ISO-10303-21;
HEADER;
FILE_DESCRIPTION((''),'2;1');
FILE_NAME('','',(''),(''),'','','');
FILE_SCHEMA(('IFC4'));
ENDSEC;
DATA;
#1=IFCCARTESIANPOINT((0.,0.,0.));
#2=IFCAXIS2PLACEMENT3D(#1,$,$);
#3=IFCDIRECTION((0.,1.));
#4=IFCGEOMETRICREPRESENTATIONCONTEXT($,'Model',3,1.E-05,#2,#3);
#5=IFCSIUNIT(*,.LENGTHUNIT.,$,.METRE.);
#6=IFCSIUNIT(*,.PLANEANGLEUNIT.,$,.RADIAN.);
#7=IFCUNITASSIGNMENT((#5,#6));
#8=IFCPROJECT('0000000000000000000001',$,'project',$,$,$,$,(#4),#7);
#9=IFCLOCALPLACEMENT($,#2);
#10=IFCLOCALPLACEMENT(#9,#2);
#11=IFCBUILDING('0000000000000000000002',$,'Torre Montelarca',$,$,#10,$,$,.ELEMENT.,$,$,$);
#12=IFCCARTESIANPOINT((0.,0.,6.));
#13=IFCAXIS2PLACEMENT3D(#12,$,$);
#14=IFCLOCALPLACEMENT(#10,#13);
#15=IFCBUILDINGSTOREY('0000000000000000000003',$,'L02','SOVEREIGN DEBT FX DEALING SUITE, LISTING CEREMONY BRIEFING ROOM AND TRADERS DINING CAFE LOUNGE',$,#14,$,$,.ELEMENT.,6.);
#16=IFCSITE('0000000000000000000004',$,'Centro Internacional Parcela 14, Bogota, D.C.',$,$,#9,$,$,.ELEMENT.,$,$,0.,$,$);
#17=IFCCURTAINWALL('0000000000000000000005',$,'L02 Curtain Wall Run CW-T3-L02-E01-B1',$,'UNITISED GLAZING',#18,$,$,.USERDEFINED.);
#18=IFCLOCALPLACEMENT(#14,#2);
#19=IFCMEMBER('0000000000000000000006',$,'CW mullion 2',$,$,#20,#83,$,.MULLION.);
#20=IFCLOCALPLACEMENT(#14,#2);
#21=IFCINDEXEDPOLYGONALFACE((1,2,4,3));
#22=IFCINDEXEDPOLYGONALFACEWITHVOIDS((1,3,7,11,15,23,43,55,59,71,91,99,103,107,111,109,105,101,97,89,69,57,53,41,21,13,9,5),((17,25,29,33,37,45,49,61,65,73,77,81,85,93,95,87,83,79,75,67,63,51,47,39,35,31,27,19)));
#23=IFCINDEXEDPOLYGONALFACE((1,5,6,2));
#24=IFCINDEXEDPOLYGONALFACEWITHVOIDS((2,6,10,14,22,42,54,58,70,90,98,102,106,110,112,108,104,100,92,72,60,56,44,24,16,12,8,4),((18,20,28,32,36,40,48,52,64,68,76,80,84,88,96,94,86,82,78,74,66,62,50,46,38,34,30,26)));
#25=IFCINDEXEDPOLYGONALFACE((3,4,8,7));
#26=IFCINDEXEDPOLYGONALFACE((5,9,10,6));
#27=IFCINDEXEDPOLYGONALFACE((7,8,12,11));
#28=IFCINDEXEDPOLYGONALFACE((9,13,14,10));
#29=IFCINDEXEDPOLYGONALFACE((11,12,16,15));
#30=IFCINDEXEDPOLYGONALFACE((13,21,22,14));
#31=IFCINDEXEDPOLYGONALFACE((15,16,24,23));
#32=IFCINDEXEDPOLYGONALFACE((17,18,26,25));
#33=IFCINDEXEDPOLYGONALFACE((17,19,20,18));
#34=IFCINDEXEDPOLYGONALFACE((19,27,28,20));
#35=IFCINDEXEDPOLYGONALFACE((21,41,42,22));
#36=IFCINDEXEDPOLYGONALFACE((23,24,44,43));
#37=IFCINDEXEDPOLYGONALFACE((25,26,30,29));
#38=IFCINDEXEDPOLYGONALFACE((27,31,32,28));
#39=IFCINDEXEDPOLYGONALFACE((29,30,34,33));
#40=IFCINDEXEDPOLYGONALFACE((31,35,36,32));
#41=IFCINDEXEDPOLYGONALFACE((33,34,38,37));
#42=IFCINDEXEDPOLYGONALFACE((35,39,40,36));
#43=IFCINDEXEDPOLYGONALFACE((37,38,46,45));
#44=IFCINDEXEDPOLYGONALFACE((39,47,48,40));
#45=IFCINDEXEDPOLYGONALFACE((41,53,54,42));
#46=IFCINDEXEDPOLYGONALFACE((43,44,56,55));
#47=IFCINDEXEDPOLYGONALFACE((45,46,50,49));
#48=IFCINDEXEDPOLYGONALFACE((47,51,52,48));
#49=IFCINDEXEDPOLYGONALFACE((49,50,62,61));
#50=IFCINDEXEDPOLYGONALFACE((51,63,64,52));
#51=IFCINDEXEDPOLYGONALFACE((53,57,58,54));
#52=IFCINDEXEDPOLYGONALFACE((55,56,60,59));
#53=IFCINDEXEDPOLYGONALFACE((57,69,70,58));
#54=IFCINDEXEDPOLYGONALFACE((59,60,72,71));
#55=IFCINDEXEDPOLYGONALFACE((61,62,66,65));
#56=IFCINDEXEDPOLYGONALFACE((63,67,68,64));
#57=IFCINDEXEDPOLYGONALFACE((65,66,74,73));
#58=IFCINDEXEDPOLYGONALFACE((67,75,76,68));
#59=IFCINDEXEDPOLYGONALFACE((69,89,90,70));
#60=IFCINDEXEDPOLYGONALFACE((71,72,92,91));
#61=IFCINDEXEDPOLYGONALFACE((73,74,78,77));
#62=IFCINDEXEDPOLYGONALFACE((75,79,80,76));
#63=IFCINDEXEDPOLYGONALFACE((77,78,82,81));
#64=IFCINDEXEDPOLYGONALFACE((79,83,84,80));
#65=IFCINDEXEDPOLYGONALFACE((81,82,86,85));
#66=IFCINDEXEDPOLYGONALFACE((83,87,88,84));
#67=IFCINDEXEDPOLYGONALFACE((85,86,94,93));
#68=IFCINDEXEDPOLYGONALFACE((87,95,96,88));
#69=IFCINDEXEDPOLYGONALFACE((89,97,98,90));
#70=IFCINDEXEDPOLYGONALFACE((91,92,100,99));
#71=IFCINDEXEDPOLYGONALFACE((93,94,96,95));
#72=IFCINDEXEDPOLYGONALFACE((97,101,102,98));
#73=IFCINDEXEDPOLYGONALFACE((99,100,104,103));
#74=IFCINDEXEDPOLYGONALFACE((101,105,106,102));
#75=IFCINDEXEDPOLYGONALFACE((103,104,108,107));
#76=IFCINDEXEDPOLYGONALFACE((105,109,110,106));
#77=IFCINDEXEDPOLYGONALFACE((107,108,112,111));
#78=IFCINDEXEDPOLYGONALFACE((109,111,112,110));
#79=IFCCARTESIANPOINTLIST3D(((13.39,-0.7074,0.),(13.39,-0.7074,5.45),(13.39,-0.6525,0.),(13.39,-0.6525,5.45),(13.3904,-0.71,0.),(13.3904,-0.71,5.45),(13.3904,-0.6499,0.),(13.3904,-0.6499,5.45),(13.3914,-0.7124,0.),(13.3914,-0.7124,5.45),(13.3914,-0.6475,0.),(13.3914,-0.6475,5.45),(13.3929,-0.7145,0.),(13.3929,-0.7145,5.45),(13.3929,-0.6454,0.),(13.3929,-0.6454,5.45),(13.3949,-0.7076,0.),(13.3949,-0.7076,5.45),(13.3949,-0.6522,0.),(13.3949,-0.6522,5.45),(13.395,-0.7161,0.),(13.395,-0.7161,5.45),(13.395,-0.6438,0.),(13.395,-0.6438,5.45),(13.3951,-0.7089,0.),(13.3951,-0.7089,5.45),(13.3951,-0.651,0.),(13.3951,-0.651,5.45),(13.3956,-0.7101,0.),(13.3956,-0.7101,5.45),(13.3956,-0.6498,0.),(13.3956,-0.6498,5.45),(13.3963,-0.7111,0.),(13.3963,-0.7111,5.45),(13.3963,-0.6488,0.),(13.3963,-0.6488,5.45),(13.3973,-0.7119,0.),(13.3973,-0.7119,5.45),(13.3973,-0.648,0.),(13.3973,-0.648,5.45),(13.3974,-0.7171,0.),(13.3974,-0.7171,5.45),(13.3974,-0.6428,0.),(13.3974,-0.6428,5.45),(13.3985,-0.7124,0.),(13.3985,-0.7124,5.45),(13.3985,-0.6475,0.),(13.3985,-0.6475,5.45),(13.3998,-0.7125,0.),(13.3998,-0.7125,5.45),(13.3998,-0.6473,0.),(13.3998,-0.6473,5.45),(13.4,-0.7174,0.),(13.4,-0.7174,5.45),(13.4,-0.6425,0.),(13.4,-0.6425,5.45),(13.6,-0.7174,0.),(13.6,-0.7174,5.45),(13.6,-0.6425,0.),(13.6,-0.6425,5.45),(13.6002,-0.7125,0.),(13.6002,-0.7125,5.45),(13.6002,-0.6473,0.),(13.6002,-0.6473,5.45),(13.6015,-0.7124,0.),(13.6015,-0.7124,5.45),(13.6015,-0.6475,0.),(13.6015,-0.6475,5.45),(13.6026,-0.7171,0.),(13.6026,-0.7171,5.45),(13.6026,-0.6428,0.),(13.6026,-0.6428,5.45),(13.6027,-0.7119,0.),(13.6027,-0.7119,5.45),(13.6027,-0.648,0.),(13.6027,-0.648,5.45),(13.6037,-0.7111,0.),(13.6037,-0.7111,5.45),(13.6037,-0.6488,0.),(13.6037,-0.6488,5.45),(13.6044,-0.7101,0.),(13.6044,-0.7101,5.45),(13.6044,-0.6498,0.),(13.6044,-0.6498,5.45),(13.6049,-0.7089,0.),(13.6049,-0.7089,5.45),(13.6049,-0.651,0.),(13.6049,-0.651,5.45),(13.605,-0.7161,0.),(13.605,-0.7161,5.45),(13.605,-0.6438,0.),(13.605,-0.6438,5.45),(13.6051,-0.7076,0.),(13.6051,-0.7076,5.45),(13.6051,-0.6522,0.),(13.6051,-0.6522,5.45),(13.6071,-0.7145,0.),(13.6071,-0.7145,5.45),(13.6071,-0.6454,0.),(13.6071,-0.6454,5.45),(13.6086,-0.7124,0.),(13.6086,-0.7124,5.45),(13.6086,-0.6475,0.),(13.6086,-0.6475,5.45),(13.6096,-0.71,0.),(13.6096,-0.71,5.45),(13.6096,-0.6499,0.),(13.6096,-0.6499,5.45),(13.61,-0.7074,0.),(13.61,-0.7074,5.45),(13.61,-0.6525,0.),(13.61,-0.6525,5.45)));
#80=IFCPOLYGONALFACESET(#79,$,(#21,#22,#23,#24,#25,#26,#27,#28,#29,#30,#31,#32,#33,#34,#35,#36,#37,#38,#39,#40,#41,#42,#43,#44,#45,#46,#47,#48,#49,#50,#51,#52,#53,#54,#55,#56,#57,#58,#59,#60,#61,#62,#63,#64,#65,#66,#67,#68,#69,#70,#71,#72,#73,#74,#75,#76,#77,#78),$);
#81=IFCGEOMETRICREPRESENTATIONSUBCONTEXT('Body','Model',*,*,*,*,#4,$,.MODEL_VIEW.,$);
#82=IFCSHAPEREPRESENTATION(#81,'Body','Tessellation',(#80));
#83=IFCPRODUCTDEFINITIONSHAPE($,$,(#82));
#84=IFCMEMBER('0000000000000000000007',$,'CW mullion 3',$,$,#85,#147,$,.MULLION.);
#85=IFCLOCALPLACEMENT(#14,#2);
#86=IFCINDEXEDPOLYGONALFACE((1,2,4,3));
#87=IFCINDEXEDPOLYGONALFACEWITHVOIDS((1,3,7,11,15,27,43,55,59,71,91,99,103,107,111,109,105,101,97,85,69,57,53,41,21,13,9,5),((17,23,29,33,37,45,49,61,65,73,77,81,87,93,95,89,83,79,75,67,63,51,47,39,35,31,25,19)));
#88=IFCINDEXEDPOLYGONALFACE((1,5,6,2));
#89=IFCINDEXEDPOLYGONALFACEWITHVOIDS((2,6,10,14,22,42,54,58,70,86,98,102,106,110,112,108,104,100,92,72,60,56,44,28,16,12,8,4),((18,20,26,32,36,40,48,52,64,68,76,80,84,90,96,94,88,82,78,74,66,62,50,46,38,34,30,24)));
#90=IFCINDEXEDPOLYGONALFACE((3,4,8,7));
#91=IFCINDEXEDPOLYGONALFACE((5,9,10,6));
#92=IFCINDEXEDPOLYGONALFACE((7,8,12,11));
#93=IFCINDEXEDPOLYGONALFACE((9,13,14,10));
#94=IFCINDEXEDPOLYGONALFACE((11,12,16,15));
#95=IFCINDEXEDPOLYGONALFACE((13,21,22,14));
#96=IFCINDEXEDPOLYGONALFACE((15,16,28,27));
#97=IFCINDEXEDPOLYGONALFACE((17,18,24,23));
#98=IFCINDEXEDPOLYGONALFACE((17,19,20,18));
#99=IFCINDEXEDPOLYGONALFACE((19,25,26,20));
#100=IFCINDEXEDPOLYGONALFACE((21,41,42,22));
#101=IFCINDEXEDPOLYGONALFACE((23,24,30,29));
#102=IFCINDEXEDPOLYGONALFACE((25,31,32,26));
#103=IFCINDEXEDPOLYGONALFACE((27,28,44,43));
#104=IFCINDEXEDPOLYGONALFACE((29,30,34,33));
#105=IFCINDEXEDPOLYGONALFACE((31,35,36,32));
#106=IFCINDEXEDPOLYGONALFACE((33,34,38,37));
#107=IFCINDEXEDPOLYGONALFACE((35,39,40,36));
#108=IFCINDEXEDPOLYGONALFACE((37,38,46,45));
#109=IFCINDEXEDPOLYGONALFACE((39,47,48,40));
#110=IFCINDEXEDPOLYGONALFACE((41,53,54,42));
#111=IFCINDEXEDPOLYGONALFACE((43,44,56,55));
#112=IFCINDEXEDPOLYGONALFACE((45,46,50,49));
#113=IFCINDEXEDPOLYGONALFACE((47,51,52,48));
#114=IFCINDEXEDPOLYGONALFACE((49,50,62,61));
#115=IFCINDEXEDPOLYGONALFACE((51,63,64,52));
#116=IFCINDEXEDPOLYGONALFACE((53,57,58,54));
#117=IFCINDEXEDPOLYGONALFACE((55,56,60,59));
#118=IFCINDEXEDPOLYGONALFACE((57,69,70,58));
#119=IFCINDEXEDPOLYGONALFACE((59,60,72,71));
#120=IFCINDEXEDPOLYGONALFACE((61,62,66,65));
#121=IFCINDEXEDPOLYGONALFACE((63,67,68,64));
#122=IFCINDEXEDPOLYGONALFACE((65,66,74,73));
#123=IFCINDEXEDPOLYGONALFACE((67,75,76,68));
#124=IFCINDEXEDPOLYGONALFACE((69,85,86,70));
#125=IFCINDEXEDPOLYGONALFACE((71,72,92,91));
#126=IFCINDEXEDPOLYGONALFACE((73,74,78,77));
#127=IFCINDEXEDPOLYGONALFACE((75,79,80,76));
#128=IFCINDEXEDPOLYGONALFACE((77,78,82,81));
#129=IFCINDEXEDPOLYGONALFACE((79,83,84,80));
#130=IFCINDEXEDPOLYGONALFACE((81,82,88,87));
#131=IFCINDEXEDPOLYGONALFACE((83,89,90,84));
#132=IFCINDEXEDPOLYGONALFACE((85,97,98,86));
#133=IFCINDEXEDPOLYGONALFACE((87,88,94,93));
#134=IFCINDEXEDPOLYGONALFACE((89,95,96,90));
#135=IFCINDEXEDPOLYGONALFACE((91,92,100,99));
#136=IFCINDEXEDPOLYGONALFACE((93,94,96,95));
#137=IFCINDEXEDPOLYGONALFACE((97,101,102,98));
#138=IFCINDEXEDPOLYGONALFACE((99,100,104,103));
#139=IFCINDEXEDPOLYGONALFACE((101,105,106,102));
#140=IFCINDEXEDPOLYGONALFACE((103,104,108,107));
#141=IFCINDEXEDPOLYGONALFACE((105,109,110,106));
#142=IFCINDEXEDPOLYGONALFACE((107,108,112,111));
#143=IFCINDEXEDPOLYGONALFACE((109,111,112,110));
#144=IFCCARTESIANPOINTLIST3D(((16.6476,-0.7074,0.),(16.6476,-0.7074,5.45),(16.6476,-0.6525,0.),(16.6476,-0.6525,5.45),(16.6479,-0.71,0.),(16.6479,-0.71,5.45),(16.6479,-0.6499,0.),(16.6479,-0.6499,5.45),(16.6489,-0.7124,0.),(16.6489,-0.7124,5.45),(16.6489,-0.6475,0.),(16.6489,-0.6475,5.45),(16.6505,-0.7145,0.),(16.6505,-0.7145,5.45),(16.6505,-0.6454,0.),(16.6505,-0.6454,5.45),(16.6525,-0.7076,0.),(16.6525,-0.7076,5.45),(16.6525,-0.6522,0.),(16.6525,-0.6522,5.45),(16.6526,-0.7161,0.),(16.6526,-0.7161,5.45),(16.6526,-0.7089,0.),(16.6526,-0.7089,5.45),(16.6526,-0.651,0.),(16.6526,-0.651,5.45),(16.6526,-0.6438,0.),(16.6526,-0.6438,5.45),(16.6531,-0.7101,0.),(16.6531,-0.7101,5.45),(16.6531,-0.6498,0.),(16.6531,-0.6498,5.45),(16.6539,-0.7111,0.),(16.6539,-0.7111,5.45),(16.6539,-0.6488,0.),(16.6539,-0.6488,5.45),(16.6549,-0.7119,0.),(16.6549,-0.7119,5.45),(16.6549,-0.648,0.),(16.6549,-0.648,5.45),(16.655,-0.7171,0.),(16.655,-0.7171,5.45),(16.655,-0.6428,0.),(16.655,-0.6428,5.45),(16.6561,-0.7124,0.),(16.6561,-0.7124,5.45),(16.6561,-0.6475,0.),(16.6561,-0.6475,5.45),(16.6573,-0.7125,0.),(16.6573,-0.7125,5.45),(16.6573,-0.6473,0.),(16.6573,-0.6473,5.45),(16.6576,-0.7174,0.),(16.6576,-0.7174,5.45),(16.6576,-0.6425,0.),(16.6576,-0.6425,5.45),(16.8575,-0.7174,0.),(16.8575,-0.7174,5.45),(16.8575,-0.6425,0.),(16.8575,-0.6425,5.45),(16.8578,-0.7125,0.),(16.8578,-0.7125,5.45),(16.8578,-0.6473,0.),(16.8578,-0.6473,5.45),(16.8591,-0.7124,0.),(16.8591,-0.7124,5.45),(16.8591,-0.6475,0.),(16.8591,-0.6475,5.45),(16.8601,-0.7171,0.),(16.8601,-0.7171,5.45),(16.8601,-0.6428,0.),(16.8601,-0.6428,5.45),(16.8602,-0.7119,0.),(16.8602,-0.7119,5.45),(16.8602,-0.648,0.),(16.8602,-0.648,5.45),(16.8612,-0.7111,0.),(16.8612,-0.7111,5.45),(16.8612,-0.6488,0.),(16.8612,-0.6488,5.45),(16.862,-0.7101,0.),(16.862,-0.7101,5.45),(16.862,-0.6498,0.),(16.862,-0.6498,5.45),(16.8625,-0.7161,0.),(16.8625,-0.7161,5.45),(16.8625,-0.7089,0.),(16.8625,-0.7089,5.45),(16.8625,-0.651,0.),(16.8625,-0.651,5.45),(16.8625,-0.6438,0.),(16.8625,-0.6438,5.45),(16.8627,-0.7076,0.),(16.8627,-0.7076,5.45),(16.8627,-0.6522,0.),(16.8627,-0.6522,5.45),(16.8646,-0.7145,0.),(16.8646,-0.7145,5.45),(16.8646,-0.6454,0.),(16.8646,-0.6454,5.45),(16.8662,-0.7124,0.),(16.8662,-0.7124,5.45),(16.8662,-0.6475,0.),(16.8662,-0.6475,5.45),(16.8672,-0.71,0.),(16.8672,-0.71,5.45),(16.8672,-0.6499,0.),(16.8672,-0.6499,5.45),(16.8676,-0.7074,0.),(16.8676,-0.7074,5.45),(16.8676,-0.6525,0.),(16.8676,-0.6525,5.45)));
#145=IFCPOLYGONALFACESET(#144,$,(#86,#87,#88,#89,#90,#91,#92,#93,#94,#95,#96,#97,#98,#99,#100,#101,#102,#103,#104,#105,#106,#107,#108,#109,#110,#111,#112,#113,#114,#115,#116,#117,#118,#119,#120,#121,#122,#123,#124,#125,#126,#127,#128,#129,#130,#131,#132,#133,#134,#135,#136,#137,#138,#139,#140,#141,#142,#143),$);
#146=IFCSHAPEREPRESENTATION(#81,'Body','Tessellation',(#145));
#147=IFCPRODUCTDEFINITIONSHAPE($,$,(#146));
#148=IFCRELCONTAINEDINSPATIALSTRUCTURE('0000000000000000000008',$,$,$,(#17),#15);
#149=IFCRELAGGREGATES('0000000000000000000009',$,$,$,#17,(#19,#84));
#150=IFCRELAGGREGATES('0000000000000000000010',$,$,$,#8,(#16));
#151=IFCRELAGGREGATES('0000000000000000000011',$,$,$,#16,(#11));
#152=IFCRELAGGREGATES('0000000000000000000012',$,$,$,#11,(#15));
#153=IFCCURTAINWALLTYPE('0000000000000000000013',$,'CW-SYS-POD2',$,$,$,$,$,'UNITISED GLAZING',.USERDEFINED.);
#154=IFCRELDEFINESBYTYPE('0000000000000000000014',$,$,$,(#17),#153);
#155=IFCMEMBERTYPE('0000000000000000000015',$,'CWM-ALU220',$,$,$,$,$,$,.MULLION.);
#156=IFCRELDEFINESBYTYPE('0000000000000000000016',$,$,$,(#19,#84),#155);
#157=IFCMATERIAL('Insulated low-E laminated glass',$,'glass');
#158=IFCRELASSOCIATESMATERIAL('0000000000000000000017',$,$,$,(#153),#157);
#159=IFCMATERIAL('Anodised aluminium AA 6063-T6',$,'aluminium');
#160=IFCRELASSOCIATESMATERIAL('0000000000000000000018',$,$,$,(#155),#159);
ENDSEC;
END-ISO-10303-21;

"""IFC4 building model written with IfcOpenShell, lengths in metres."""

from ifc_helpers import new_model, si_unit, direction, frame, origin, origin_2d, place, context, subcontext, project, spatial, hollow_rectangle, extrude, source, transform, mapped, material, material_profile, profile_set, type_object, element, aggregate, save


model = new_model("IFC4")

# Units and contexts
model_context = context("Model", 3, precision=1e-05, world=origin(), true_north=direction((0.0, 1.0)))
body_context = subcontext(model_context, "Body", "Model", "MODEL_VIEW")
ifc_project = project(units=[si_unit("LENGTHUNIT", "METRE"), si_unit("PLANEANGLEUNIT", "RADIAN")], contexts=[model_context])

# Site, building, storey
site_placement = place(None, origin())
site = spatial("IfcSite", under=ifc_project, at=site_placement, Name="Centro Internacional Parcela 14, Bogota, D.C.", CompositionType="ELEMENT", RefElevation=0.0)
building_placement = place(site_placement, origin())
building = spatial("IfcBuilding", under=site, at=building_placement, Name="Torre Montelarca", CompositionType="ELEMENT")
storey_placement = place(building_placement, frame((0.0, 0.0, 6.0)))
storey = spatial("IfcBuildingStorey", under=building, at=storey_placement, Name="L02", Description="SOVEREIGN DEBT FX DEALING SUITE, LISTING CEREMONY BRIEFING ROOM AND TRADERS DINING CAFE LOUNGE", CompositionType="ELEMENT", Elevation=6.0)

# Curtain wall, members
ifc_material_1 = material(Name="Insulated low-E laminated glass", Category="glass")
curtain_wall_type = type_object("IfcCurtainWallType", Name="CW-SYS-POD2", ElementType="UNITISED GLAZING", PredefinedType="USERDEFINED", material=ifc_material_1)
curtain_wall_1_placement = place(storey_placement, origin())
curtain_wall_1 = element("IfcCurtainWall", 1, at=curtain_wall_1_placement, inside=storey, type_object=curtain_wall_type, Name="L02 Curtain Wall Run CW-T3-L02-E01-B1", ObjectType="UNITISED GLAZING", PredefinedType="USERDEFINED")
ifc_material_2 = material(Name="Anodised aluminium AA 6063-T6", Category="aluminium")
ifc_material_profile_1 = material_profile(ifc_material_2, hollow_rectangle(XDim=0.075, YDim=0.22, WallThickness=0.0049, InnerFilletRadius=0.0049, OuterFilletRadius=0.01, at=origin_2d()), Name="ALU75X220X5", Category="aluminium")
ifc_profile_set_1 = profile_set([ifc_material_profile_1], Name="Anodised aluminium AA 6063-T6")
member_type_1 = type_object("IfcMemberType", Name="CWM-ALU220", PredefinedType="MULLION", material=ifc_profile_set_1)
shared_shape_1 = source(origin(), body_context, "Body", "SweptSolid", [
    extrude(hollow_rectangle(XDim=0.075, YDim=0.22, WallThickness=0.0049, InnerFilletRadius=0.0049, OuterFilletRadius=0.01, at=origin_2d()), origin(), (0.0, 0.0, 1.0), 5.45),
])
member_1_placement = place(storey_placement, frame((13.5, -0.6799, 0.0), z_axis=(0.0, 0.0, 1.0), x_axis=(0.0, 1.0, 0.0)))
member_1 = element("IfcMember", 2, at=member_1_placement, type_object=member_type_1, Name="CW mullion 2", PredefinedType="MULLION", context=body_context, shape_type="MappedRepresentation", body=[
    mapped(shared_shape_1, transform((0.0, 0.0, 0.0), scale=1.0)),
])
member_2_placement = place(storey_placement, frame((16.7576, -0.6799, 0.0), z_axis=(0.0, 0.0, 1.0), x_axis=(0.0, 1.0, 0.0)))
member_2 = element("IfcMember", 3, at=member_2_placement, type_object=member_type_1, Name="CW mullion 3", PredefinedType="MULLION", context=body_context, shape_type="MappedRepresentation", body=[
    mapped(shared_shape_1, transform((0.0, 0.0, 0.0), scale=1.0)),
])

aggregate(curtain_wall_1, [member_1, member_2])

save(model, "model.ifc")
